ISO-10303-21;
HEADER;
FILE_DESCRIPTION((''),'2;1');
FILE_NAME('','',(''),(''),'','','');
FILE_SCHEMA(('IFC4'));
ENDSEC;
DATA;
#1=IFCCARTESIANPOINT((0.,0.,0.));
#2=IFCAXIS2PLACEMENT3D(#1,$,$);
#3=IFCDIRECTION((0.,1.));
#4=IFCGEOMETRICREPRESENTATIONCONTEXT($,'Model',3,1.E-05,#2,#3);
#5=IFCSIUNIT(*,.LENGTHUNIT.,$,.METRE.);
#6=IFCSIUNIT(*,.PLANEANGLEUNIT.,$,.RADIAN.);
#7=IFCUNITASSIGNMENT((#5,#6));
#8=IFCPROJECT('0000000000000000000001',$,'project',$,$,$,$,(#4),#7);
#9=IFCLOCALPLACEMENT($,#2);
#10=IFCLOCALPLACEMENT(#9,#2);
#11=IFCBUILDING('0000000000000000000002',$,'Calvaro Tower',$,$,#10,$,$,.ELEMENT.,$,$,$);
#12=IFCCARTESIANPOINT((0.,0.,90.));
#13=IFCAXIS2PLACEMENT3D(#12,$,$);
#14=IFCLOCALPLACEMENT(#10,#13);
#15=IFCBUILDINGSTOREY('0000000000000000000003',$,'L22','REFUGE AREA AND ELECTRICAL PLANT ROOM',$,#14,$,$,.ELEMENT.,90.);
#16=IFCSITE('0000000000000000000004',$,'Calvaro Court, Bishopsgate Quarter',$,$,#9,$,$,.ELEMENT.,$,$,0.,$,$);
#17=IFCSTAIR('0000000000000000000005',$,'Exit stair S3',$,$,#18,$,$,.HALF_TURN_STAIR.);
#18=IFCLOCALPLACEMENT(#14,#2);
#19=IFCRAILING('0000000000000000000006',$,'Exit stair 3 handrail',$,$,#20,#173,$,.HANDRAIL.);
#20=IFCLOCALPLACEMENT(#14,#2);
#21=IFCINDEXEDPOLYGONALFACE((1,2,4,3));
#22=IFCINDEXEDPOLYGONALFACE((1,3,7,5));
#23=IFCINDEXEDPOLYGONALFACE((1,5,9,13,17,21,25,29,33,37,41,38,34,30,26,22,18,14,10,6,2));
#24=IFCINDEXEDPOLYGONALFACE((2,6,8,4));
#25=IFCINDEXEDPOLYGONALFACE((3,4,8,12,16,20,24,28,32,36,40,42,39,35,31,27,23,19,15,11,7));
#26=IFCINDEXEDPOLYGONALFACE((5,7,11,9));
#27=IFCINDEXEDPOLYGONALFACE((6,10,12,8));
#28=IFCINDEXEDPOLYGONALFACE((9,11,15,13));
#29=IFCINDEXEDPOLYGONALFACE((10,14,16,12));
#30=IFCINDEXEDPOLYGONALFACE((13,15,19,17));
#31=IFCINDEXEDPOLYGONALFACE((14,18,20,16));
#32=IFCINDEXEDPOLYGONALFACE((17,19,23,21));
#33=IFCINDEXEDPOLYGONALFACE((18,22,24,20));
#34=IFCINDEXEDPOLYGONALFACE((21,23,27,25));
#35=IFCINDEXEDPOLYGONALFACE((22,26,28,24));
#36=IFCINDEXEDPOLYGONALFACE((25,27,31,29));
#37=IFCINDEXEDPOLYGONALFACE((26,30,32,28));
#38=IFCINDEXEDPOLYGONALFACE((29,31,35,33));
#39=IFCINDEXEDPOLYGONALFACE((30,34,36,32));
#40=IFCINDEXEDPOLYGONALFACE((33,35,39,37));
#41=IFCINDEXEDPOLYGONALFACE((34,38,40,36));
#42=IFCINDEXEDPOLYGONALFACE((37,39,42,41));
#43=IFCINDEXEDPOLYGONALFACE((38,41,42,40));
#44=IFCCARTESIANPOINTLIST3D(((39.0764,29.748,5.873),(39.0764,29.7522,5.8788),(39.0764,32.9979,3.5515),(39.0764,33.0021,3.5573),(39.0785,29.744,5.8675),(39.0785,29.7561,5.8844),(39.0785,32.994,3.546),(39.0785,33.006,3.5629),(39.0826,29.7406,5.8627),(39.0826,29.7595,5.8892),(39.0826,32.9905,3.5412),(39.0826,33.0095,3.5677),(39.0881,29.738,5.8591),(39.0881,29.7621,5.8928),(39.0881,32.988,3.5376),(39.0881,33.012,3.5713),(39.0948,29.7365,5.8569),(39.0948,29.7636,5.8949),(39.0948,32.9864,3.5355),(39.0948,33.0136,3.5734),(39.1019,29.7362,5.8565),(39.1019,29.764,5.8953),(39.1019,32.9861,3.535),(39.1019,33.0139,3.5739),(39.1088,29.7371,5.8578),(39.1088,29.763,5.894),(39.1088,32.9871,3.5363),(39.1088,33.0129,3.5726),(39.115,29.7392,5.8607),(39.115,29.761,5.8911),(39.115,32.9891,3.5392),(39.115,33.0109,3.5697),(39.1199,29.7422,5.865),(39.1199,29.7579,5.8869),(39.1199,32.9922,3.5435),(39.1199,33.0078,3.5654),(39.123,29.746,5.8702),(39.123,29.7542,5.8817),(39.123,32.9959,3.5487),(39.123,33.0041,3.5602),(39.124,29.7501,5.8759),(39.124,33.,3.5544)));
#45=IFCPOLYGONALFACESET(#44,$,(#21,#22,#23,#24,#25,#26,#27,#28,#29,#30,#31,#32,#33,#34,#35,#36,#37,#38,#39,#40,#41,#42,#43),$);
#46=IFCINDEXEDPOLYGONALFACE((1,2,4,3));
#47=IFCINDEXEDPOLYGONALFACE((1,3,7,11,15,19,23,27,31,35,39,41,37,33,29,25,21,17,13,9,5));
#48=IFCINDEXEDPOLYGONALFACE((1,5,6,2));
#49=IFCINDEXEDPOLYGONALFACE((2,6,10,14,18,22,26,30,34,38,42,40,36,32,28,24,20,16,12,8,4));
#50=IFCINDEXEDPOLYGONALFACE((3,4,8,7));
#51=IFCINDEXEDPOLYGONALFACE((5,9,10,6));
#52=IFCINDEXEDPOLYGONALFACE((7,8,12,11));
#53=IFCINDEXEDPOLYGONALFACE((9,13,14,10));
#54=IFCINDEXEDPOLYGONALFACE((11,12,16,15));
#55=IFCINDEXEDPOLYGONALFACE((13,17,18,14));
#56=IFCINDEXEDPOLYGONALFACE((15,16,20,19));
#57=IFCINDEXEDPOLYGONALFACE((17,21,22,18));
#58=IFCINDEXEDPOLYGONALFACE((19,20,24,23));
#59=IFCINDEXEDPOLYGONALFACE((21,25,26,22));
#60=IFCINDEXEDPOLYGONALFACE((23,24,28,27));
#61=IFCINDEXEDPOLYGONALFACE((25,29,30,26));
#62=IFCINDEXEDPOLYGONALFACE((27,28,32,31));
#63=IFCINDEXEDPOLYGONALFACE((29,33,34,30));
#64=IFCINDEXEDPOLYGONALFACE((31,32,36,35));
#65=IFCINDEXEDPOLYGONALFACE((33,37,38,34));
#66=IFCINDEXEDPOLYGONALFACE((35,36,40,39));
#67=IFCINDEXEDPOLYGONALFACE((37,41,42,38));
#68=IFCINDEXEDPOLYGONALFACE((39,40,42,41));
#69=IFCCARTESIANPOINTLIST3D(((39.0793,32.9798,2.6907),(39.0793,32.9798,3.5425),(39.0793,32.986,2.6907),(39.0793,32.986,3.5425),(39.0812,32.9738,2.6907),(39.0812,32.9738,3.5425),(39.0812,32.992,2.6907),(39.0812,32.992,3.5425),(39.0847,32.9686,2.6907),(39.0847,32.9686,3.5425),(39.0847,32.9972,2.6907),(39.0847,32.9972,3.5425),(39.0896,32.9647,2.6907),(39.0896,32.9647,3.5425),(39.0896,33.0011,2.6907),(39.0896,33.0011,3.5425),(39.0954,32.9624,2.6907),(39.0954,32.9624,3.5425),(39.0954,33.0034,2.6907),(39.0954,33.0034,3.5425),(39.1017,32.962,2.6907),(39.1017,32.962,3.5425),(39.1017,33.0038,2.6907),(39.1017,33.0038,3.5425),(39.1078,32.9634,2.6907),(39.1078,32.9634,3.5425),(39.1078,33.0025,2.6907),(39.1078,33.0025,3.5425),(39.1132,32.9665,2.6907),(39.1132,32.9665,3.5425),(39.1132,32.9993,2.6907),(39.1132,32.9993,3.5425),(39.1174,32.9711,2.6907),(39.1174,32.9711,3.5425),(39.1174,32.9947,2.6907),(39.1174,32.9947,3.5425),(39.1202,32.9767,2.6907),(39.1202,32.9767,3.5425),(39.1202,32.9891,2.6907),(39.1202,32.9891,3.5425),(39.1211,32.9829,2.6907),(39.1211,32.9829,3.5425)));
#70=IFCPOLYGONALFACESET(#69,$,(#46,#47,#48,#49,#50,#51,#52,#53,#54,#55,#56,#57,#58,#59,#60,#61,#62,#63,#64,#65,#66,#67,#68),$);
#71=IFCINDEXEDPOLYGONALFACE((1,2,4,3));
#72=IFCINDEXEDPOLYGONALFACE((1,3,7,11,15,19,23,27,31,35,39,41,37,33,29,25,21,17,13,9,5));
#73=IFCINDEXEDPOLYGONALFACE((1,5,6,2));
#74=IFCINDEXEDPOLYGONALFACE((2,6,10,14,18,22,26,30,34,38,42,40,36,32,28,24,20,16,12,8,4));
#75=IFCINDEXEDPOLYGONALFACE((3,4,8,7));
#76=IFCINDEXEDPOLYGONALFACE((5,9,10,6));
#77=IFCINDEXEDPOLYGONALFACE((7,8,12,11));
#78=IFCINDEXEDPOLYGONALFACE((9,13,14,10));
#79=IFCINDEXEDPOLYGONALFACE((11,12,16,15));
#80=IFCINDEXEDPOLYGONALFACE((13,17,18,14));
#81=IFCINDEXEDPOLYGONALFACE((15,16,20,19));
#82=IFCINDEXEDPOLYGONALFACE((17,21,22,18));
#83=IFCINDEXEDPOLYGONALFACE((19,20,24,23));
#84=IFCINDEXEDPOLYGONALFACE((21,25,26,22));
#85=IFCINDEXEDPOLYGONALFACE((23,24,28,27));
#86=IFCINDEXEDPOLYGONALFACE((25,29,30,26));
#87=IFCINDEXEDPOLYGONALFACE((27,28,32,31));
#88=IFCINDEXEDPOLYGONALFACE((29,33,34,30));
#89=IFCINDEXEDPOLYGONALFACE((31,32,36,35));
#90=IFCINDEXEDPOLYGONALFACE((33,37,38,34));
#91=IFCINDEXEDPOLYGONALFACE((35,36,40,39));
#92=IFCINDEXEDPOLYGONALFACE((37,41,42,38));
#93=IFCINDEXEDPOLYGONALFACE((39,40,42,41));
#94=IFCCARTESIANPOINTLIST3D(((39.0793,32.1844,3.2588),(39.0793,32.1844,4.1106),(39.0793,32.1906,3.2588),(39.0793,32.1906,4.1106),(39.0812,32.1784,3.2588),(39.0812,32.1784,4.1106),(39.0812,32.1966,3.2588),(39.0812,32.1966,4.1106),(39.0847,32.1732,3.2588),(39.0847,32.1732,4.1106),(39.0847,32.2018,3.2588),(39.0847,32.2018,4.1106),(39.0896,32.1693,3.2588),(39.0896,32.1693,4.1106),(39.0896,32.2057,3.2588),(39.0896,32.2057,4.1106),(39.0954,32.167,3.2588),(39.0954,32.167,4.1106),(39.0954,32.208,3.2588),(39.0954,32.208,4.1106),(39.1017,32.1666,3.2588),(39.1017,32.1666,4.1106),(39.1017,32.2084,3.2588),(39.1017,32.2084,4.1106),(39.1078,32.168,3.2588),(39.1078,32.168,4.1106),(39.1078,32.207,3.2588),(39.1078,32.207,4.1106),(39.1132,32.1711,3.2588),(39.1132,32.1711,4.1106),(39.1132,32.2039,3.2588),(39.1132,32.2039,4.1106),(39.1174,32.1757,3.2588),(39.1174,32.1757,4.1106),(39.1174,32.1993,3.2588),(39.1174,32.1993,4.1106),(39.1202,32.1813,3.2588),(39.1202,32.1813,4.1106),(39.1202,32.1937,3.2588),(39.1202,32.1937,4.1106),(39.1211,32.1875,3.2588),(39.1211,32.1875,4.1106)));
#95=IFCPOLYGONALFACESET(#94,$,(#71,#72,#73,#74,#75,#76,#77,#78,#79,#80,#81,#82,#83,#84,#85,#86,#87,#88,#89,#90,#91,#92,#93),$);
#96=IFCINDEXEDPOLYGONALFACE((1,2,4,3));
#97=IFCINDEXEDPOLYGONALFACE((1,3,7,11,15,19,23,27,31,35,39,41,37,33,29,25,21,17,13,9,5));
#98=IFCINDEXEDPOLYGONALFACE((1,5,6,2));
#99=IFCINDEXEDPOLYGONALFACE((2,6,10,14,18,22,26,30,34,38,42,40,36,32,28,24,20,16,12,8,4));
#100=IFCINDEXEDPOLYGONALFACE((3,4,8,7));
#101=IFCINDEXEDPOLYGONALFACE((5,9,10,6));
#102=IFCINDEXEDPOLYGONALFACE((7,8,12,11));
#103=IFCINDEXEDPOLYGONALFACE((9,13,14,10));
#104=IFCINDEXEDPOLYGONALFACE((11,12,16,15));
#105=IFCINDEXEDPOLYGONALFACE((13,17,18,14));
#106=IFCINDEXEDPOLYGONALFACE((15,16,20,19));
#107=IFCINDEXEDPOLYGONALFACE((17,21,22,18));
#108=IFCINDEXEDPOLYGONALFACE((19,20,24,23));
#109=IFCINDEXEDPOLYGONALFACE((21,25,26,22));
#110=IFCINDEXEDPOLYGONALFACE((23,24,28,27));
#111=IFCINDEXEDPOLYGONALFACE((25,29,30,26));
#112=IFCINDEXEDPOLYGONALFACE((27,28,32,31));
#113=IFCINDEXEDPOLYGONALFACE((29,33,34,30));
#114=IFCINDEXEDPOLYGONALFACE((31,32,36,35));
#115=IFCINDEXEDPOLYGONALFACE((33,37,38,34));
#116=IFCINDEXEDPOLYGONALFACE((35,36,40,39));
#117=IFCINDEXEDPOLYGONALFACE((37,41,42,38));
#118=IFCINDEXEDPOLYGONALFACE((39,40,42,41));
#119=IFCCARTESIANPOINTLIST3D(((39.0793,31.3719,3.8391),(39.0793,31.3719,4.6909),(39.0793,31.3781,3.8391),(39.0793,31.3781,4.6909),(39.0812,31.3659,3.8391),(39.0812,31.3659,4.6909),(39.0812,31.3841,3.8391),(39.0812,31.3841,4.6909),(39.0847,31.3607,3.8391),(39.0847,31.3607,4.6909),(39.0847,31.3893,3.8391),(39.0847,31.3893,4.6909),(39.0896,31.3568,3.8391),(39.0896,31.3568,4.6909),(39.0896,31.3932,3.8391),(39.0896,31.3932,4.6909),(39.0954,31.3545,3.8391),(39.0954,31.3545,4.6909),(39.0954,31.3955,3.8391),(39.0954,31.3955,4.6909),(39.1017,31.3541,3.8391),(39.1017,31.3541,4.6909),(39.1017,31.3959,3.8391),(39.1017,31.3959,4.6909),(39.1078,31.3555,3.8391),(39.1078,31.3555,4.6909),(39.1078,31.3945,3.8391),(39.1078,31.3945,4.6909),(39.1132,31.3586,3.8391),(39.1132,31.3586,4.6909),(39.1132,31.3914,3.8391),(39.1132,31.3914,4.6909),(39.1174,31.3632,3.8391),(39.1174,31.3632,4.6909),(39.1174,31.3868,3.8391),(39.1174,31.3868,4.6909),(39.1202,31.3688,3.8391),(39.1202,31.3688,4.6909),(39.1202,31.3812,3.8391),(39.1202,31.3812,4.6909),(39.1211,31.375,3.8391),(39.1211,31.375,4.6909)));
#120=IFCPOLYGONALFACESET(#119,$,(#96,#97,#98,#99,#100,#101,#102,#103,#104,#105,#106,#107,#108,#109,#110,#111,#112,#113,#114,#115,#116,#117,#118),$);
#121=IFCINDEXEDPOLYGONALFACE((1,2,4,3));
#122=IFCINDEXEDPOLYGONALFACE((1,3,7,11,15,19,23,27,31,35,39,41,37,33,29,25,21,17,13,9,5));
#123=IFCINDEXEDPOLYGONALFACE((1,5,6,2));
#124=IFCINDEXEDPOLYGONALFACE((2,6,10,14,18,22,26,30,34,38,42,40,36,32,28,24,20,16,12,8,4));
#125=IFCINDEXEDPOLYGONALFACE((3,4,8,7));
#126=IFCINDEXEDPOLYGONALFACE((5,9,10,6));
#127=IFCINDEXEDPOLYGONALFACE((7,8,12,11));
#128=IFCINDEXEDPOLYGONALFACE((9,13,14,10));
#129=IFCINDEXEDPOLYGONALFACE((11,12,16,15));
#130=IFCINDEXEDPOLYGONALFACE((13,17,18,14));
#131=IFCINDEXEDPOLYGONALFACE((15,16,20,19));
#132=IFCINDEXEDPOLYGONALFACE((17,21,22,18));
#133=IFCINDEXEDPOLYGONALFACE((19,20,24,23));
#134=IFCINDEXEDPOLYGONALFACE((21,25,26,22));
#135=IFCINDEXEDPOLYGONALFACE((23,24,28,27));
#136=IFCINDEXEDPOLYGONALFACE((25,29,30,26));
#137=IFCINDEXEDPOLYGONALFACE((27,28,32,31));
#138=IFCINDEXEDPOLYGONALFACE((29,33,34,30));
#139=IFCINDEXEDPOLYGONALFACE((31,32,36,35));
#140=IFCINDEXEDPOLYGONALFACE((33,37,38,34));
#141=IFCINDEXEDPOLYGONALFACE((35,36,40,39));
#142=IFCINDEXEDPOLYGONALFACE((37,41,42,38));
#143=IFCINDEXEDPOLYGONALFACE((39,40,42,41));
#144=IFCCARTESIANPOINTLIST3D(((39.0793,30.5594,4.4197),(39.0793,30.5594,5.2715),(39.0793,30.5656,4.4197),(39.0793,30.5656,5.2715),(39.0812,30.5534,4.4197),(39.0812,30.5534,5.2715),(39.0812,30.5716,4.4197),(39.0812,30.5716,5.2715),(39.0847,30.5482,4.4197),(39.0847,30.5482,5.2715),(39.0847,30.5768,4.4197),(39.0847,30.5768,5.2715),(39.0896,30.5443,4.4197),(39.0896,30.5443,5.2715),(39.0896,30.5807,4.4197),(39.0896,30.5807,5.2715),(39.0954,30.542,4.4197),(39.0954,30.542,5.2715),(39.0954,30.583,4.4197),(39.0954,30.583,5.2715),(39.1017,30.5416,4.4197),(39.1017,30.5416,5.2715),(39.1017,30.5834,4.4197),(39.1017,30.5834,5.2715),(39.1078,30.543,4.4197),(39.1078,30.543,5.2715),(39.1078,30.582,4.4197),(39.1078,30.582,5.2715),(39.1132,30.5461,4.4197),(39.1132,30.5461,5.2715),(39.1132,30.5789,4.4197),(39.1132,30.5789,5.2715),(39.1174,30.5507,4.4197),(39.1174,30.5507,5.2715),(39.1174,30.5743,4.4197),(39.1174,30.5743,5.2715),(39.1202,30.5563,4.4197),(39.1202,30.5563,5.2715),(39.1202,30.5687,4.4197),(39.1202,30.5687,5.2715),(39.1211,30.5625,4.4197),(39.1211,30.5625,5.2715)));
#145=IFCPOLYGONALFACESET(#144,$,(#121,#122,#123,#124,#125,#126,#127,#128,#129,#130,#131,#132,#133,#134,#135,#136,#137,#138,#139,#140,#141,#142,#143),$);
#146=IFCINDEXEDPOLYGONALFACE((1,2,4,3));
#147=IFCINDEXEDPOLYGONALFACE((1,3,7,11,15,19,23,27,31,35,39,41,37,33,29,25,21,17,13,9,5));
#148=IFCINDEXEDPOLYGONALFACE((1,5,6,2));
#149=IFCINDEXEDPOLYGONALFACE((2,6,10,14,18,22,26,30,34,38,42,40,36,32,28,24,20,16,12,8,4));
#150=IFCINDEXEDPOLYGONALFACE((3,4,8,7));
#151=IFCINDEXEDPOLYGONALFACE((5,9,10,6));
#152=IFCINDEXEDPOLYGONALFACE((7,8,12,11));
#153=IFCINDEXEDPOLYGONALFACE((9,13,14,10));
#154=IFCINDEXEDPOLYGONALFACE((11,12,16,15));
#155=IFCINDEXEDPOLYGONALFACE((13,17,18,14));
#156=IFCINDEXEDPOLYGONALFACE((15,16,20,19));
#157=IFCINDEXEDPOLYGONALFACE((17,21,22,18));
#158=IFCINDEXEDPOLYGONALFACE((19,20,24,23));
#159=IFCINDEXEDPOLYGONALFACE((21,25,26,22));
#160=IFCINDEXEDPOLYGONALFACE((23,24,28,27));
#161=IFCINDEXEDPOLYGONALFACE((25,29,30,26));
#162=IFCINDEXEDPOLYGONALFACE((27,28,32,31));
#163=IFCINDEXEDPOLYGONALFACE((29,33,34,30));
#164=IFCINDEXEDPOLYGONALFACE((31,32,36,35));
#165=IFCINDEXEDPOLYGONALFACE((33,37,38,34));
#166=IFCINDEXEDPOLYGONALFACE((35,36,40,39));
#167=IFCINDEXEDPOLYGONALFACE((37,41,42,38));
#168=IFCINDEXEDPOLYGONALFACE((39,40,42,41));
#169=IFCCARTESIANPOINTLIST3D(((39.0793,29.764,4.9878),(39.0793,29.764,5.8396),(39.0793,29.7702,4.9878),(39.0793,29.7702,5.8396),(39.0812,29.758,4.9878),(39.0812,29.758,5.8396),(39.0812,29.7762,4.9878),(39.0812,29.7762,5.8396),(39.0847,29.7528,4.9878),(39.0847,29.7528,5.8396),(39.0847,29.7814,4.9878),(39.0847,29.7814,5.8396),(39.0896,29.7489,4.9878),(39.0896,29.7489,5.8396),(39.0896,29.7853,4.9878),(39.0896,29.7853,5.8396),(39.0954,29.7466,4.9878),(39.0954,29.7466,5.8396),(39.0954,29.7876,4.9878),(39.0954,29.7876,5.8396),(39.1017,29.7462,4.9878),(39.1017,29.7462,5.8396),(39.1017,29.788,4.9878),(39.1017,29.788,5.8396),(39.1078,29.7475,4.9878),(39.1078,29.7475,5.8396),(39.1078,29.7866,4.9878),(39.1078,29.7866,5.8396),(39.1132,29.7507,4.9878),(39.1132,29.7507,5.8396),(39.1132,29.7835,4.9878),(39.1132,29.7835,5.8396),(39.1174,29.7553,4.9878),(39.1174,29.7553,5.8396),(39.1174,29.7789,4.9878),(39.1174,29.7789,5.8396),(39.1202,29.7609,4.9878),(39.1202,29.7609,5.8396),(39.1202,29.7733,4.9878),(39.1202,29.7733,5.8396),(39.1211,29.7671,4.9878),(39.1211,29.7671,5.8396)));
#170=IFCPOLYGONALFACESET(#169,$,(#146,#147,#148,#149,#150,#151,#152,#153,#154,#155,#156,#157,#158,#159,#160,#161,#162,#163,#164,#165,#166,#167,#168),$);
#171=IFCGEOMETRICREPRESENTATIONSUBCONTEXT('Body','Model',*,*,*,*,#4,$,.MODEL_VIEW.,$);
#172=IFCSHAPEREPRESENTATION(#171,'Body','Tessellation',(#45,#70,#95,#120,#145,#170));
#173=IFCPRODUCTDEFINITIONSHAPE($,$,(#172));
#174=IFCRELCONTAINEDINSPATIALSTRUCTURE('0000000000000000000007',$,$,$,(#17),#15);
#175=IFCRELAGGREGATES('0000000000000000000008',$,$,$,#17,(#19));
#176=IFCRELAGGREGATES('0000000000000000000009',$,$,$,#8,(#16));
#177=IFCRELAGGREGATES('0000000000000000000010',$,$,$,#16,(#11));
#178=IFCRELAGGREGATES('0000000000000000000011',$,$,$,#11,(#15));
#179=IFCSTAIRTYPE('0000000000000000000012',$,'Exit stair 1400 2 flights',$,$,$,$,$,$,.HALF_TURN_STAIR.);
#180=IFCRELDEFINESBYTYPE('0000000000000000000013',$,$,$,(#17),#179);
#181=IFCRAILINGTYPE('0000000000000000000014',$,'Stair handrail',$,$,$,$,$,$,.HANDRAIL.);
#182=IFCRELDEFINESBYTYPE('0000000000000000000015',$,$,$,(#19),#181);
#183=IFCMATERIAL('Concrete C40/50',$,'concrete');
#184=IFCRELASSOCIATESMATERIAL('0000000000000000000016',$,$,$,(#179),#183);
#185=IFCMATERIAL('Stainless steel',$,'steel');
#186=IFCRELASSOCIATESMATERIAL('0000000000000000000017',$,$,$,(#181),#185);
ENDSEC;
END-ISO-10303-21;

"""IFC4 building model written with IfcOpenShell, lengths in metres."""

from ifc_helpers import new_model, si_unit, direction, frame, origin, origin_2d, place, context, subcontext, project, spatial, circle, extrude, material, type_object, element, aggregate, save


model = new_model("IFC4")

# Units and contexts
model_context = context("Model", 3, precision=1e-05, world=origin(), true_north=direction((0.0, 1.0)))
body_context = subcontext(model_context, "Body", "Model", "MODEL_VIEW")
ifc_project = project(units=[si_unit("LENGTHUNIT", "METRE"), si_unit("PLANEANGLEUNIT", "RADIAN")], contexts=[model_context])

# Site, building, storey
site_placement = place(None, origin())
site = spatial("IfcSite", under=ifc_project, at=site_placement, Name="Calvaro Court, Bishopsgate Quarter", CompositionType="ELEMENT", RefElevation=0.0)
building_placement = place(site_placement, origin())
building = spatial("IfcBuilding", under=site, at=building_placement, Name="Calvaro Tower", CompositionType="ELEMENT")
storey_placement = place(building_placement, frame((0.0, 0.0, 90.0)))
storey = spatial("IfcBuildingStorey", under=building, at=storey_placement, Name="L22", Description="REFUGE AREA AND ELECTRICAL PLANT ROOM", CompositionType="ELEMENT", Elevation=90.0)

# Stair
ifc_material_1 = material(Name="Concrete C40/50", Category="concrete")
stair_type = type_object("IfcStairType", Name="Exit stair 1400 2 flights", PredefinedType="HALF_TURN_STAIR", material=ifc_material_1)
stair_1_placement = place(storey_placement, origin())
stair_1 = element("IfcStair", 1, at=stair_1_placement, inside=storey, type_object=stair_type, Name="Exit stair S3", PredefinedType="HALF_TURN_STAIR")

# Railing
ifc_material_2 = material(Name="Stainless steel", Category="steel")
railing_type = type_object("IfcRailingType", Name="Stair handrail", PredefinedType="HANDRAIL", material=ifc_material_2)
railing_1_placement = place(storey_placement, frame((39.1001, 33.0, 2.6785)))
railing_1 = element("IfcRailing", 2, at=railing_1_placement, type_object=railing_type, Name="Exit stair 3 handrail", PredefinedType="HANDRAIL", context=body_context, shape_type="SweptSolid", body=[
    extrude(circle(Radius=0.0239, at=origin_2d()), frame((0.0, 0.0, 0.876), z_axis=(0.0, -0.813721, 0.581256), x_axis=(1.0, 0.0, 0.0)), (0.0, 0.0, 1.0), 3.9939),
    extrude(circle(Radius=0.021, at=origin_2d()), frame((0.0, -0.0171, 0.0122)), (0.0, 0.0, 1.0), 0.8518),
    extrude(circle(Radius=0.021, at=origin_2d()), frame((0.0, -0.8125, 0.5803)), (0.0, 0.0, 1.0), 0.8518),
    extrude(circle(Radius=0.021, at=origin_2d()), frame((0.0, -1.625, 1.1606)), (0.0, 0.0, 1.0), 0.8518),
    extrude(circle(Radius=0.021, at=origin_2d()), frame((0.0, -2.4375, 1.7412)), (0.0, 0.0, 1.0), 0.8518),
    extrude(circle(Radius=0.021, at=origin_2d()), frame((0.0, -3.2329, 2.3093)), (0.0, 0.0, 1.0), 0.8518),
])
aggregate(stair_1, [railing_1])

save(model, "model.ifc")
